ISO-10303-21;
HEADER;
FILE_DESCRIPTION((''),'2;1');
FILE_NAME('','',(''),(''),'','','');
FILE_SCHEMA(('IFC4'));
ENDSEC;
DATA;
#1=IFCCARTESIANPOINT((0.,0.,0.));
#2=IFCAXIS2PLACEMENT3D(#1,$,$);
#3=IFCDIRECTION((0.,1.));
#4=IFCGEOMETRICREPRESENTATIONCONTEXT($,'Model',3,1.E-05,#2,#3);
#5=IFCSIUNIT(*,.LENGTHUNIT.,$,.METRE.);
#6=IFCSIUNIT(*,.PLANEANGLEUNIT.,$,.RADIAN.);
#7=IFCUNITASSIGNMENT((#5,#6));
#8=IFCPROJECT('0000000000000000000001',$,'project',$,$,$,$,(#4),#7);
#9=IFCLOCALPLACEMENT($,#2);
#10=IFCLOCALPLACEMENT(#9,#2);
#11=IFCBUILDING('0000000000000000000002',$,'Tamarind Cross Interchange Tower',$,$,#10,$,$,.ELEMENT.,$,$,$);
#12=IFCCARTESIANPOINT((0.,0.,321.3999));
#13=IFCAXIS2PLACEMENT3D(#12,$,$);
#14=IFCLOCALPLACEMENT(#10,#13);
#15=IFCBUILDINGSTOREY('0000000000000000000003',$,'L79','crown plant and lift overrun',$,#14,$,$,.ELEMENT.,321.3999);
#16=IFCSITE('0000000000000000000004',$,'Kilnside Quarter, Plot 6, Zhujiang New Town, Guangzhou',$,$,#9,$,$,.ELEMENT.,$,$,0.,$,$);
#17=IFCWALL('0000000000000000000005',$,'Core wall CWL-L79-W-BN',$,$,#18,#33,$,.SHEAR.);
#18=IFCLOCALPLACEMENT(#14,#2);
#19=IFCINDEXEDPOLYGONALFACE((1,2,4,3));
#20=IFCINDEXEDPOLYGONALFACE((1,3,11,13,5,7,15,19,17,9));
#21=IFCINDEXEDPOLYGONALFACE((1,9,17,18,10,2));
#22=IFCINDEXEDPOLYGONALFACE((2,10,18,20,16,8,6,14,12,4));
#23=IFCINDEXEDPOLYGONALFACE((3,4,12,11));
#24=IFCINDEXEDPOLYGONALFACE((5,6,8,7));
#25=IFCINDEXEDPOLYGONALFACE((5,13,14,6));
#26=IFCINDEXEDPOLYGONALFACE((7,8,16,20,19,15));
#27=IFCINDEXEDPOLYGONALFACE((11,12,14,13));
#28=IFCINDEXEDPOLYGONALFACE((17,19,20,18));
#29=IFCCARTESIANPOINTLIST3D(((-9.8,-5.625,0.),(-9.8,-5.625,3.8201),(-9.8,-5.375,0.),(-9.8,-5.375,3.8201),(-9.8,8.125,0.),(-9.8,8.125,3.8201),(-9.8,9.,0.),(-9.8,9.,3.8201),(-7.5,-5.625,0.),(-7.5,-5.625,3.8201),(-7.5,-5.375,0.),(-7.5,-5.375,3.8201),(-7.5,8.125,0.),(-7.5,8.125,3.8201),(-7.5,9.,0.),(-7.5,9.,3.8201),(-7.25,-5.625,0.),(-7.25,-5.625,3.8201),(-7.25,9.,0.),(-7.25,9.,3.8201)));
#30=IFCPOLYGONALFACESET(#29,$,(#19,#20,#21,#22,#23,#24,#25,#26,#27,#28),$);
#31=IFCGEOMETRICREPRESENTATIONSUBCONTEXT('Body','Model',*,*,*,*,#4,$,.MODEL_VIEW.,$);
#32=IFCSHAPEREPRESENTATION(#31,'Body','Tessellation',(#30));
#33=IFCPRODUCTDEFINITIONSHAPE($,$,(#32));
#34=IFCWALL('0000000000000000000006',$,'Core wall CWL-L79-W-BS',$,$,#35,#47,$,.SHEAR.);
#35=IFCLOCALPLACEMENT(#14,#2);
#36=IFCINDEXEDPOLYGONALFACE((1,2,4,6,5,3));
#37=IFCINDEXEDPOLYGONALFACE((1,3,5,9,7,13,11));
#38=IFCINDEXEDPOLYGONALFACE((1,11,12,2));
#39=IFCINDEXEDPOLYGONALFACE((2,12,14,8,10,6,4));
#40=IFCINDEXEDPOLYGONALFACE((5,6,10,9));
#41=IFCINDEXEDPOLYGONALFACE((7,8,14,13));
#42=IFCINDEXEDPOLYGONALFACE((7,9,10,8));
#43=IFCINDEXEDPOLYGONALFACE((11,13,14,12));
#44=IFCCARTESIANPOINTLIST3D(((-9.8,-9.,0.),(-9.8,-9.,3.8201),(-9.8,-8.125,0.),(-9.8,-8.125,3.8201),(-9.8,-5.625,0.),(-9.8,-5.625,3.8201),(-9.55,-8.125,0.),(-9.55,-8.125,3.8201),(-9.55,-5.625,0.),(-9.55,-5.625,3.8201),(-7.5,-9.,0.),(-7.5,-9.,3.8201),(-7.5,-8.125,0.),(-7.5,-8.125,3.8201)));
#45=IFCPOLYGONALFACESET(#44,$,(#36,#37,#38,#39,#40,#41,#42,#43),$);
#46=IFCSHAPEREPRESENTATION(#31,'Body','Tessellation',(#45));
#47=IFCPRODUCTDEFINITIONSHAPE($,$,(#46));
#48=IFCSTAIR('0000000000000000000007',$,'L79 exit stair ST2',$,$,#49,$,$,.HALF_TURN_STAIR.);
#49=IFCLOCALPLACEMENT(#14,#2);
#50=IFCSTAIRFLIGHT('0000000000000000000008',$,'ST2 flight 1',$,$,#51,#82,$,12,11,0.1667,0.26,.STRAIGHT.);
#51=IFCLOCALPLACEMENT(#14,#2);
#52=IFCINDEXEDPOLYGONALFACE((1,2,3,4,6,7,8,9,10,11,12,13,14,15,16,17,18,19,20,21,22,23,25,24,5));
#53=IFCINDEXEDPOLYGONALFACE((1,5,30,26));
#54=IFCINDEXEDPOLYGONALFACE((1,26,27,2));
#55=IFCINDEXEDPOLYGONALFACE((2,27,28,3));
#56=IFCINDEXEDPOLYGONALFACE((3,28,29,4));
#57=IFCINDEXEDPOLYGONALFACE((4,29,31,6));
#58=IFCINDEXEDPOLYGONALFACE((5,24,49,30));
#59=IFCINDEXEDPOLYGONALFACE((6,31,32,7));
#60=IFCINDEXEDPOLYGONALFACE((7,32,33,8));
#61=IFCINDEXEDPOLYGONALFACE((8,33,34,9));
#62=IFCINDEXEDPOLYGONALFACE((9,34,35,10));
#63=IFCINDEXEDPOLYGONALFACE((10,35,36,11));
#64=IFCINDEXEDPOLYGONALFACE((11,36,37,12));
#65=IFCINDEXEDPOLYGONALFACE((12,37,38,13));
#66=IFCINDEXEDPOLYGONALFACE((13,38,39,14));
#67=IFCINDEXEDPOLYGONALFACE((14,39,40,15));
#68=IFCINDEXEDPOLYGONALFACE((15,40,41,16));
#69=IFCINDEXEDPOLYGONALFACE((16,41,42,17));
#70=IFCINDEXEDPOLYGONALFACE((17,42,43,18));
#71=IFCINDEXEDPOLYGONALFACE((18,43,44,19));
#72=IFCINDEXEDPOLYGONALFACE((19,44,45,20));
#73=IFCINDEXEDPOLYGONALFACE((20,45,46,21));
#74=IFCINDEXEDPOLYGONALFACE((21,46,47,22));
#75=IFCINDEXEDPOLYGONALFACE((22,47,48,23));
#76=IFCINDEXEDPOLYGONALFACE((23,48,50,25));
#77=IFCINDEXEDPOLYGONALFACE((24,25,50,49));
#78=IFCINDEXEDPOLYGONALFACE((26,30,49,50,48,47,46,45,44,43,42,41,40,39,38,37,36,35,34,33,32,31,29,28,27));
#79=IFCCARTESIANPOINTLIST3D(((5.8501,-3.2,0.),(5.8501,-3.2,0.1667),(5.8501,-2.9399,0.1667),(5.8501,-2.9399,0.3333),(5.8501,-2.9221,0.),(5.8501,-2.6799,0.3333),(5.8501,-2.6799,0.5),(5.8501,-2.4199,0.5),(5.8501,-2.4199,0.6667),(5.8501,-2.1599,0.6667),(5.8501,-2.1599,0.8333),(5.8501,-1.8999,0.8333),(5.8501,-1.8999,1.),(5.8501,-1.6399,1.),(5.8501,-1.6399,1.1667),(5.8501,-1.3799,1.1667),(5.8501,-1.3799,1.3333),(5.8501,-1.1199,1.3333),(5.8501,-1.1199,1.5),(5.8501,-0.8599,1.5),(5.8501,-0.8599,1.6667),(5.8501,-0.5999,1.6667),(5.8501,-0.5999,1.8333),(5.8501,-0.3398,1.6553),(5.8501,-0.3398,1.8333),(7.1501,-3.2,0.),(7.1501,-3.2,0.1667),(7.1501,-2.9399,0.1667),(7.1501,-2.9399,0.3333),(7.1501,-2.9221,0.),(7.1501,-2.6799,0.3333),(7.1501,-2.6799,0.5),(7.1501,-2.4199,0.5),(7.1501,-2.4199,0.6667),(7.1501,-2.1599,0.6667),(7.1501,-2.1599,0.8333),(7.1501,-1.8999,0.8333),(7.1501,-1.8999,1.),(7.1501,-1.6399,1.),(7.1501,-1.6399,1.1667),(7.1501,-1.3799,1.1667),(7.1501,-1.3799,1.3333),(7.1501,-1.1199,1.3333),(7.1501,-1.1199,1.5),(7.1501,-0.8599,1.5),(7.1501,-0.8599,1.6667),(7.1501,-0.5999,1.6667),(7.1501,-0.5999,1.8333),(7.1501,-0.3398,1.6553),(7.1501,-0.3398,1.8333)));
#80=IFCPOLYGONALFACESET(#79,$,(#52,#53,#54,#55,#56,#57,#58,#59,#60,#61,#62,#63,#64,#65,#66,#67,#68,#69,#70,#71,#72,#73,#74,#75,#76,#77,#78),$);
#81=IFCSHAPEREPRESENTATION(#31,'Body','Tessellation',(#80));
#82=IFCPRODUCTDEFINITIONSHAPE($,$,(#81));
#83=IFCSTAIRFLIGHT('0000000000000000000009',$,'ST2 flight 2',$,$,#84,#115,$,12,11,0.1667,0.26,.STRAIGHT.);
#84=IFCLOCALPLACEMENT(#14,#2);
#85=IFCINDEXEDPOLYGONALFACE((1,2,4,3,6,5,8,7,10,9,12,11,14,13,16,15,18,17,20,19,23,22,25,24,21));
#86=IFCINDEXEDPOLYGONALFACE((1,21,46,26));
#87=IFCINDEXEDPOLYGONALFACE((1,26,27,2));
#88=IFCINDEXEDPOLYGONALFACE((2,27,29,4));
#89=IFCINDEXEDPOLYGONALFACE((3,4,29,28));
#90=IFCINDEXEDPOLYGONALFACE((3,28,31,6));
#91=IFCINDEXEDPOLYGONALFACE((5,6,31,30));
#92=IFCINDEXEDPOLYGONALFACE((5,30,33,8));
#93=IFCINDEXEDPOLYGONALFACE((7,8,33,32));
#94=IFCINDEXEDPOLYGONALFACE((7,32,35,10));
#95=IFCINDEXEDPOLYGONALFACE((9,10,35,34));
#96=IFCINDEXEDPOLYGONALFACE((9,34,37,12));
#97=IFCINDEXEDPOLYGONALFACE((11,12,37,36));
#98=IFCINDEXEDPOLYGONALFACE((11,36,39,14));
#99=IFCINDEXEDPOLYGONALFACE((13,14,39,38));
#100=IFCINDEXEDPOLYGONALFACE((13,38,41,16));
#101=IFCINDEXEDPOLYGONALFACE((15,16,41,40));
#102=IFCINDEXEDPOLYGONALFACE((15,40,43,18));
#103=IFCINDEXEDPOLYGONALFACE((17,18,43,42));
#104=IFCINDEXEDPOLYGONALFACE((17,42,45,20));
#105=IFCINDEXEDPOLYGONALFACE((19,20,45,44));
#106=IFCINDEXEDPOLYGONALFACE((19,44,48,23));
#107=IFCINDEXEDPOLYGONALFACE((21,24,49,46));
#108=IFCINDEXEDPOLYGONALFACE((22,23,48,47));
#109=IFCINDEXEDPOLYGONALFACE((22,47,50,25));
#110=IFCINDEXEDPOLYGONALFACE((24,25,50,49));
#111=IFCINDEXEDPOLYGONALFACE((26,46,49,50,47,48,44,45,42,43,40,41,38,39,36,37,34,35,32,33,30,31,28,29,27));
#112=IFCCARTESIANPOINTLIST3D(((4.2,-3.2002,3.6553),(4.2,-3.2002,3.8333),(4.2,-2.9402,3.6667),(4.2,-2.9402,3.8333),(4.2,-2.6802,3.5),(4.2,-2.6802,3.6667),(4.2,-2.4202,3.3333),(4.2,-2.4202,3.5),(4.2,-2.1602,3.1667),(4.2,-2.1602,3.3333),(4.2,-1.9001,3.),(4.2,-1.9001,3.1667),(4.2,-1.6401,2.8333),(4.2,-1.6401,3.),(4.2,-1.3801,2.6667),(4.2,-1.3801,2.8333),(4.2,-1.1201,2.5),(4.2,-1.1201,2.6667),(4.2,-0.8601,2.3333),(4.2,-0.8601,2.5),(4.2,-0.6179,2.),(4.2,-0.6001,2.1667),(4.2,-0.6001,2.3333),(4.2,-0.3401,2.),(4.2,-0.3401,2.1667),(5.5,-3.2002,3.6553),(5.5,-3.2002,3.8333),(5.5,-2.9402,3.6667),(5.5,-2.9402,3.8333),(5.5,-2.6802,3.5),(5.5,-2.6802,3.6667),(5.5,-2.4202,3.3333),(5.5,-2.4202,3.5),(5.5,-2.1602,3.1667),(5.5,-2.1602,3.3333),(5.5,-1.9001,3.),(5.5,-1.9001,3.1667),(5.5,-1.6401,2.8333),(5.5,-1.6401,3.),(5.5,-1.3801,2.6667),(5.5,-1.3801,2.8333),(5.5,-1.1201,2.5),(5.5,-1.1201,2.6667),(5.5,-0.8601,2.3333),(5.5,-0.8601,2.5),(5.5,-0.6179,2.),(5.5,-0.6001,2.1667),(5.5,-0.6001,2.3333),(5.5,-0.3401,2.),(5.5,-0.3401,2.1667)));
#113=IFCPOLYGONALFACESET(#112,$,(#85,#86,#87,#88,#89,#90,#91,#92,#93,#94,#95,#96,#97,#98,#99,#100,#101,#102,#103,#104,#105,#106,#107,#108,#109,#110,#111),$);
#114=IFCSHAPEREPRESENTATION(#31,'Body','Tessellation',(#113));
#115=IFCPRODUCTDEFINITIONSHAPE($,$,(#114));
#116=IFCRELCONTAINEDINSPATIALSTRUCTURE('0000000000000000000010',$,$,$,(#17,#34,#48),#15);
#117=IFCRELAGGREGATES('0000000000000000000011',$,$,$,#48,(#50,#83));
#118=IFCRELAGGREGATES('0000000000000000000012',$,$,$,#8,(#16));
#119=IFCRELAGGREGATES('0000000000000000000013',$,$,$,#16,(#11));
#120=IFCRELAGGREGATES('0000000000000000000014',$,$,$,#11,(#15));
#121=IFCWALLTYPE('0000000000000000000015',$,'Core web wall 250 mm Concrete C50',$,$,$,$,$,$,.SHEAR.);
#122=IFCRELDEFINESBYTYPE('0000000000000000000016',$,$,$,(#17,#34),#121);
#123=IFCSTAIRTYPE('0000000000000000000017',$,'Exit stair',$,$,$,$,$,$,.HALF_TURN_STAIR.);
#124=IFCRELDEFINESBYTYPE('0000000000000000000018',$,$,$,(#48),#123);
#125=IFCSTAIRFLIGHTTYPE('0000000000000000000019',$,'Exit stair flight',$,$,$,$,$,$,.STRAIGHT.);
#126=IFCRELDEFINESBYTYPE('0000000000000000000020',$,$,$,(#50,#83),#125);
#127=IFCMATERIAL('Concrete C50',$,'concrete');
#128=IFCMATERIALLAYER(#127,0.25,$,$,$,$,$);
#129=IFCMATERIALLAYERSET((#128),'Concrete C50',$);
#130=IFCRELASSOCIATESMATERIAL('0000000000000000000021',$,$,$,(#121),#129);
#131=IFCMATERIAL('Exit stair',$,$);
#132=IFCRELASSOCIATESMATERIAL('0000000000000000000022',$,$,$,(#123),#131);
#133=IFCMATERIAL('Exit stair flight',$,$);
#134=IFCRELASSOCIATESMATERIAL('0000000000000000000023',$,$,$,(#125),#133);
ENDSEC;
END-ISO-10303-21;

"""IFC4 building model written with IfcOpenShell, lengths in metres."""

from ifc_helpers import new_model, si_unit, direction, frame, origin, place, context, subcontext, project, spatial, polyline, outline, extrude, material, layer, layer_set, type_object, element, aggregate, save


model = new_model("IFC4")

# Units and contexts
model_context = context("Model", 3, precision=1e-05, world=origin(), true_north=direction((0.0, 1.0)))
body_context = subcontext(model_context, "Body", "Model", "MODEL_VIEW")
ifc_project = project(units=[si_unit("LENGTHUNIT", "METRE"), si_unit("PLANEANGLEUNIT", "RADIAN")], contexts=[model_context])

# Site, building, storey
site_placement = place(None, origin())
site = spatial("IfcSite", under=ifc_project, at=site_placement, Name="Kilnside Quarter, Plot 6, Zhujiang New Town, Guangzhou", CompositionType="ELEMENT", RefElevation=0.0)
building_placement = place(site_placement, origin())
building = spatial("IfcBuilding", under=site, at=building_placement, Name="Tamarind Cross Interchange Tower", CompositionType="ELEMENT")
storey_placement = place(building_placement, frame((0.0, 0.0, 321.3999)))
storey = spatial("IfcBuildingStorey", under=building, at=storey_placement, Name="L79", Description="crown plant and lift overrun", CompositionType="ELEMENT", Elevation=321.3999)

# Walls
ifc_material_1 = material(Name="Concrete C50", Category="concrete")
ifc_layer_1 = layer(ifc_material_1, 0.25)
ifc_layer_set_1 = layer_set([ifc_layer_1], Name="Concrete C50")
wall_type_1 = type_object("IfcWallType", Name="Core web wall 250 mm Concrete C50", PredefinedType="SHEAR", material=ifc_layer_set_1)
wall_1_placement = place(storey_placement, origin())
element("IfcWall", 1, at=wall_1_placement, inside=storey, type_object=wall_type_1, Name="Core wall CWL-L79-W-BN", PredefinedType="SHEAR", context=body_context, shape_type="SweptSolid", body=[
    extrude(outline(polyline([(-9.8, -5.625), (-7.5, -5.625), (-7.25, -5.625), (-7.25, 9.0), (-7.5, 9.0), (-9.8, 9.0), (-9.8, 8.125), (-7.5, 8.125), (-7.5, -5.375), (-9.8, -5.375), (-9.8, -5.625)])), origin(), (0.0, 0.0, 1.0), 3.8201),
])
wall_2_placement = place(storey_placement, origin())
element("IfcWall", 2, at=wall_2_placement, inside=storey, type_object=wall_type_1, Name="Core wall CWL-L79-W-BS", PredefinedType="SHEAR", context=body_context, shape_type="SweptSolid", body=[
    extrude(outline(polyline([(-7.5, -8.125), (-9.55, -8.125), (-9.55, -5.625), (-9.8, -5.625), (-9.8, -8.125), (-9.8, -9.0), (-7.5, -9.0), (-7.5, -8.125)])), origin(), (0.0, 0.0, 1.0), 3.8201),
])

# Stair, stair flights
ifc_material_2 = material(Name="Exit stair")
stair_type = type_object("IfcStairType", Name="Exit stair", PredefinedType="HALF_TURN_STAIR", material=ifc_material_2)
stair_placement = place(storey_placement, origin())
stair = element("IfcStair", 3, at=stair_placement, inside=storey, type_object=stair_type, Name="L79 exit stair ST2", PredefinedType="HALF_TURN_STAIR")
ifc_material_3 = material(Name="Exit stair flight")
stair_flight_type = type_object("IfcStairFlightType", Name="Exit stair flight", PredefinedType="STRAIGHT", material=ifc_material_3)
stair_flight_1_placement = place(storey_placement, frame((6.5, -3.2, 0.0), z_axis=(0.0, 0.0, 1.0), x_axis=(0.0, 1.0, 0.0)))
stair_flight_1 = element("IfcStairFlight", 4, at=stair_flight_1_placement, type_object=stair_flight_type, Name="ST2 flight 1", NumberOfRisers=12, NumberOfTreads=11, PredefinedType="STRAIGHT", RiserHeight=0.1667, TreadLength=0.26, context=body_context, shape_type="SweptSolid", body=[
    extrude(outline(polyline([(0.0, 0.0), (0.0, 0.1667), (0.26, 0.1667), (0.26, 0.3333), (0.52, 0.3333), (0.52, 0.5), (0.78, 0.5), (0.78, 0.6667), (1.04, 0.6667), (1.04, 0.8333), (1.3, 0.8333), (1.3, 1.0), (1.5601, 1.0), (1.5601, 1.1667), (1.8201, 1.1667), (1.8201, 1.3333), (2.0801, 1.3333), (2.0801, 1.5), (2.3401, 1.5), (2.3401, 1.6667), (2.6001, 1.6667), (2.6001, 1.8333), (2.8601, 1.8333), (2.8601, 2.0), (2.8601, 1.6553), (0.2778, 0.0), (0.0, 0.0)])), frame((0.0, 0.6499, 0.0), z_axis=(0.0, -1.0, 0.0), x_axis=(1.0, 0.0, 0.0)), (0.0, 0.0, 1.0), 1.3),
])
stair_flight_2_placement = place(storey_placement, frame((4.8501, -0.3401, 2.0), z_axis=(0.0, 0.0, 1.0), x_axis=(0.0, -1.0, 0.0)))
stair_flight_2 = element("IfcStairFlight", 5, at=stair_flight_2_placement, type_object=stair_flight_type, Name="ST2 flight 2", NumberOfRisers=12, NumberOfTreads=11, PredefinedType="STRAIGHT", RiserHeight=0.1667, TreadLength=0.26, context=body_context, shape_type="SweptSolid", body=[
    extrude(outline(polyline([(0.0, 0.0), (0.0, 0.1667), (0.26, 0.1667), (0.26, 0.3333), (0.52, 0.3333), (0.52, 0.5), (0.78, 0.5), (0.78, 0.6667), (1.04, 0.6667), (1.04, 0.8333), (1.3, 0.8333), (1.3, 1.0), (1.5601, 1.0), (1.5601, 1.1667), (1.8201, 1.1667), (1.8201, 1.3333), (2.0801, 1.3333), (2.0801, 1.5), (2.3401, 1.5), (2.3401, 1.6667), (2.6001, 1.6667), (2.6001, 1.8333), (2.8601, 1.8333), (2.8601, 2.0), (2.8601, 1.6553), (0.2778, 0.0), (0.0, 0.0)])), frame((0.0, 0.6499, 0.0), z_axis=(0.0, -1.0, 0.0), x_axis=(1.0, 0.0, 0.0)), (0.0, 0.0, 1.0), 1.3),
])
aggregate(stair, [stair_flight_1, stair_flight_2])

save(model, "model.ifc")
